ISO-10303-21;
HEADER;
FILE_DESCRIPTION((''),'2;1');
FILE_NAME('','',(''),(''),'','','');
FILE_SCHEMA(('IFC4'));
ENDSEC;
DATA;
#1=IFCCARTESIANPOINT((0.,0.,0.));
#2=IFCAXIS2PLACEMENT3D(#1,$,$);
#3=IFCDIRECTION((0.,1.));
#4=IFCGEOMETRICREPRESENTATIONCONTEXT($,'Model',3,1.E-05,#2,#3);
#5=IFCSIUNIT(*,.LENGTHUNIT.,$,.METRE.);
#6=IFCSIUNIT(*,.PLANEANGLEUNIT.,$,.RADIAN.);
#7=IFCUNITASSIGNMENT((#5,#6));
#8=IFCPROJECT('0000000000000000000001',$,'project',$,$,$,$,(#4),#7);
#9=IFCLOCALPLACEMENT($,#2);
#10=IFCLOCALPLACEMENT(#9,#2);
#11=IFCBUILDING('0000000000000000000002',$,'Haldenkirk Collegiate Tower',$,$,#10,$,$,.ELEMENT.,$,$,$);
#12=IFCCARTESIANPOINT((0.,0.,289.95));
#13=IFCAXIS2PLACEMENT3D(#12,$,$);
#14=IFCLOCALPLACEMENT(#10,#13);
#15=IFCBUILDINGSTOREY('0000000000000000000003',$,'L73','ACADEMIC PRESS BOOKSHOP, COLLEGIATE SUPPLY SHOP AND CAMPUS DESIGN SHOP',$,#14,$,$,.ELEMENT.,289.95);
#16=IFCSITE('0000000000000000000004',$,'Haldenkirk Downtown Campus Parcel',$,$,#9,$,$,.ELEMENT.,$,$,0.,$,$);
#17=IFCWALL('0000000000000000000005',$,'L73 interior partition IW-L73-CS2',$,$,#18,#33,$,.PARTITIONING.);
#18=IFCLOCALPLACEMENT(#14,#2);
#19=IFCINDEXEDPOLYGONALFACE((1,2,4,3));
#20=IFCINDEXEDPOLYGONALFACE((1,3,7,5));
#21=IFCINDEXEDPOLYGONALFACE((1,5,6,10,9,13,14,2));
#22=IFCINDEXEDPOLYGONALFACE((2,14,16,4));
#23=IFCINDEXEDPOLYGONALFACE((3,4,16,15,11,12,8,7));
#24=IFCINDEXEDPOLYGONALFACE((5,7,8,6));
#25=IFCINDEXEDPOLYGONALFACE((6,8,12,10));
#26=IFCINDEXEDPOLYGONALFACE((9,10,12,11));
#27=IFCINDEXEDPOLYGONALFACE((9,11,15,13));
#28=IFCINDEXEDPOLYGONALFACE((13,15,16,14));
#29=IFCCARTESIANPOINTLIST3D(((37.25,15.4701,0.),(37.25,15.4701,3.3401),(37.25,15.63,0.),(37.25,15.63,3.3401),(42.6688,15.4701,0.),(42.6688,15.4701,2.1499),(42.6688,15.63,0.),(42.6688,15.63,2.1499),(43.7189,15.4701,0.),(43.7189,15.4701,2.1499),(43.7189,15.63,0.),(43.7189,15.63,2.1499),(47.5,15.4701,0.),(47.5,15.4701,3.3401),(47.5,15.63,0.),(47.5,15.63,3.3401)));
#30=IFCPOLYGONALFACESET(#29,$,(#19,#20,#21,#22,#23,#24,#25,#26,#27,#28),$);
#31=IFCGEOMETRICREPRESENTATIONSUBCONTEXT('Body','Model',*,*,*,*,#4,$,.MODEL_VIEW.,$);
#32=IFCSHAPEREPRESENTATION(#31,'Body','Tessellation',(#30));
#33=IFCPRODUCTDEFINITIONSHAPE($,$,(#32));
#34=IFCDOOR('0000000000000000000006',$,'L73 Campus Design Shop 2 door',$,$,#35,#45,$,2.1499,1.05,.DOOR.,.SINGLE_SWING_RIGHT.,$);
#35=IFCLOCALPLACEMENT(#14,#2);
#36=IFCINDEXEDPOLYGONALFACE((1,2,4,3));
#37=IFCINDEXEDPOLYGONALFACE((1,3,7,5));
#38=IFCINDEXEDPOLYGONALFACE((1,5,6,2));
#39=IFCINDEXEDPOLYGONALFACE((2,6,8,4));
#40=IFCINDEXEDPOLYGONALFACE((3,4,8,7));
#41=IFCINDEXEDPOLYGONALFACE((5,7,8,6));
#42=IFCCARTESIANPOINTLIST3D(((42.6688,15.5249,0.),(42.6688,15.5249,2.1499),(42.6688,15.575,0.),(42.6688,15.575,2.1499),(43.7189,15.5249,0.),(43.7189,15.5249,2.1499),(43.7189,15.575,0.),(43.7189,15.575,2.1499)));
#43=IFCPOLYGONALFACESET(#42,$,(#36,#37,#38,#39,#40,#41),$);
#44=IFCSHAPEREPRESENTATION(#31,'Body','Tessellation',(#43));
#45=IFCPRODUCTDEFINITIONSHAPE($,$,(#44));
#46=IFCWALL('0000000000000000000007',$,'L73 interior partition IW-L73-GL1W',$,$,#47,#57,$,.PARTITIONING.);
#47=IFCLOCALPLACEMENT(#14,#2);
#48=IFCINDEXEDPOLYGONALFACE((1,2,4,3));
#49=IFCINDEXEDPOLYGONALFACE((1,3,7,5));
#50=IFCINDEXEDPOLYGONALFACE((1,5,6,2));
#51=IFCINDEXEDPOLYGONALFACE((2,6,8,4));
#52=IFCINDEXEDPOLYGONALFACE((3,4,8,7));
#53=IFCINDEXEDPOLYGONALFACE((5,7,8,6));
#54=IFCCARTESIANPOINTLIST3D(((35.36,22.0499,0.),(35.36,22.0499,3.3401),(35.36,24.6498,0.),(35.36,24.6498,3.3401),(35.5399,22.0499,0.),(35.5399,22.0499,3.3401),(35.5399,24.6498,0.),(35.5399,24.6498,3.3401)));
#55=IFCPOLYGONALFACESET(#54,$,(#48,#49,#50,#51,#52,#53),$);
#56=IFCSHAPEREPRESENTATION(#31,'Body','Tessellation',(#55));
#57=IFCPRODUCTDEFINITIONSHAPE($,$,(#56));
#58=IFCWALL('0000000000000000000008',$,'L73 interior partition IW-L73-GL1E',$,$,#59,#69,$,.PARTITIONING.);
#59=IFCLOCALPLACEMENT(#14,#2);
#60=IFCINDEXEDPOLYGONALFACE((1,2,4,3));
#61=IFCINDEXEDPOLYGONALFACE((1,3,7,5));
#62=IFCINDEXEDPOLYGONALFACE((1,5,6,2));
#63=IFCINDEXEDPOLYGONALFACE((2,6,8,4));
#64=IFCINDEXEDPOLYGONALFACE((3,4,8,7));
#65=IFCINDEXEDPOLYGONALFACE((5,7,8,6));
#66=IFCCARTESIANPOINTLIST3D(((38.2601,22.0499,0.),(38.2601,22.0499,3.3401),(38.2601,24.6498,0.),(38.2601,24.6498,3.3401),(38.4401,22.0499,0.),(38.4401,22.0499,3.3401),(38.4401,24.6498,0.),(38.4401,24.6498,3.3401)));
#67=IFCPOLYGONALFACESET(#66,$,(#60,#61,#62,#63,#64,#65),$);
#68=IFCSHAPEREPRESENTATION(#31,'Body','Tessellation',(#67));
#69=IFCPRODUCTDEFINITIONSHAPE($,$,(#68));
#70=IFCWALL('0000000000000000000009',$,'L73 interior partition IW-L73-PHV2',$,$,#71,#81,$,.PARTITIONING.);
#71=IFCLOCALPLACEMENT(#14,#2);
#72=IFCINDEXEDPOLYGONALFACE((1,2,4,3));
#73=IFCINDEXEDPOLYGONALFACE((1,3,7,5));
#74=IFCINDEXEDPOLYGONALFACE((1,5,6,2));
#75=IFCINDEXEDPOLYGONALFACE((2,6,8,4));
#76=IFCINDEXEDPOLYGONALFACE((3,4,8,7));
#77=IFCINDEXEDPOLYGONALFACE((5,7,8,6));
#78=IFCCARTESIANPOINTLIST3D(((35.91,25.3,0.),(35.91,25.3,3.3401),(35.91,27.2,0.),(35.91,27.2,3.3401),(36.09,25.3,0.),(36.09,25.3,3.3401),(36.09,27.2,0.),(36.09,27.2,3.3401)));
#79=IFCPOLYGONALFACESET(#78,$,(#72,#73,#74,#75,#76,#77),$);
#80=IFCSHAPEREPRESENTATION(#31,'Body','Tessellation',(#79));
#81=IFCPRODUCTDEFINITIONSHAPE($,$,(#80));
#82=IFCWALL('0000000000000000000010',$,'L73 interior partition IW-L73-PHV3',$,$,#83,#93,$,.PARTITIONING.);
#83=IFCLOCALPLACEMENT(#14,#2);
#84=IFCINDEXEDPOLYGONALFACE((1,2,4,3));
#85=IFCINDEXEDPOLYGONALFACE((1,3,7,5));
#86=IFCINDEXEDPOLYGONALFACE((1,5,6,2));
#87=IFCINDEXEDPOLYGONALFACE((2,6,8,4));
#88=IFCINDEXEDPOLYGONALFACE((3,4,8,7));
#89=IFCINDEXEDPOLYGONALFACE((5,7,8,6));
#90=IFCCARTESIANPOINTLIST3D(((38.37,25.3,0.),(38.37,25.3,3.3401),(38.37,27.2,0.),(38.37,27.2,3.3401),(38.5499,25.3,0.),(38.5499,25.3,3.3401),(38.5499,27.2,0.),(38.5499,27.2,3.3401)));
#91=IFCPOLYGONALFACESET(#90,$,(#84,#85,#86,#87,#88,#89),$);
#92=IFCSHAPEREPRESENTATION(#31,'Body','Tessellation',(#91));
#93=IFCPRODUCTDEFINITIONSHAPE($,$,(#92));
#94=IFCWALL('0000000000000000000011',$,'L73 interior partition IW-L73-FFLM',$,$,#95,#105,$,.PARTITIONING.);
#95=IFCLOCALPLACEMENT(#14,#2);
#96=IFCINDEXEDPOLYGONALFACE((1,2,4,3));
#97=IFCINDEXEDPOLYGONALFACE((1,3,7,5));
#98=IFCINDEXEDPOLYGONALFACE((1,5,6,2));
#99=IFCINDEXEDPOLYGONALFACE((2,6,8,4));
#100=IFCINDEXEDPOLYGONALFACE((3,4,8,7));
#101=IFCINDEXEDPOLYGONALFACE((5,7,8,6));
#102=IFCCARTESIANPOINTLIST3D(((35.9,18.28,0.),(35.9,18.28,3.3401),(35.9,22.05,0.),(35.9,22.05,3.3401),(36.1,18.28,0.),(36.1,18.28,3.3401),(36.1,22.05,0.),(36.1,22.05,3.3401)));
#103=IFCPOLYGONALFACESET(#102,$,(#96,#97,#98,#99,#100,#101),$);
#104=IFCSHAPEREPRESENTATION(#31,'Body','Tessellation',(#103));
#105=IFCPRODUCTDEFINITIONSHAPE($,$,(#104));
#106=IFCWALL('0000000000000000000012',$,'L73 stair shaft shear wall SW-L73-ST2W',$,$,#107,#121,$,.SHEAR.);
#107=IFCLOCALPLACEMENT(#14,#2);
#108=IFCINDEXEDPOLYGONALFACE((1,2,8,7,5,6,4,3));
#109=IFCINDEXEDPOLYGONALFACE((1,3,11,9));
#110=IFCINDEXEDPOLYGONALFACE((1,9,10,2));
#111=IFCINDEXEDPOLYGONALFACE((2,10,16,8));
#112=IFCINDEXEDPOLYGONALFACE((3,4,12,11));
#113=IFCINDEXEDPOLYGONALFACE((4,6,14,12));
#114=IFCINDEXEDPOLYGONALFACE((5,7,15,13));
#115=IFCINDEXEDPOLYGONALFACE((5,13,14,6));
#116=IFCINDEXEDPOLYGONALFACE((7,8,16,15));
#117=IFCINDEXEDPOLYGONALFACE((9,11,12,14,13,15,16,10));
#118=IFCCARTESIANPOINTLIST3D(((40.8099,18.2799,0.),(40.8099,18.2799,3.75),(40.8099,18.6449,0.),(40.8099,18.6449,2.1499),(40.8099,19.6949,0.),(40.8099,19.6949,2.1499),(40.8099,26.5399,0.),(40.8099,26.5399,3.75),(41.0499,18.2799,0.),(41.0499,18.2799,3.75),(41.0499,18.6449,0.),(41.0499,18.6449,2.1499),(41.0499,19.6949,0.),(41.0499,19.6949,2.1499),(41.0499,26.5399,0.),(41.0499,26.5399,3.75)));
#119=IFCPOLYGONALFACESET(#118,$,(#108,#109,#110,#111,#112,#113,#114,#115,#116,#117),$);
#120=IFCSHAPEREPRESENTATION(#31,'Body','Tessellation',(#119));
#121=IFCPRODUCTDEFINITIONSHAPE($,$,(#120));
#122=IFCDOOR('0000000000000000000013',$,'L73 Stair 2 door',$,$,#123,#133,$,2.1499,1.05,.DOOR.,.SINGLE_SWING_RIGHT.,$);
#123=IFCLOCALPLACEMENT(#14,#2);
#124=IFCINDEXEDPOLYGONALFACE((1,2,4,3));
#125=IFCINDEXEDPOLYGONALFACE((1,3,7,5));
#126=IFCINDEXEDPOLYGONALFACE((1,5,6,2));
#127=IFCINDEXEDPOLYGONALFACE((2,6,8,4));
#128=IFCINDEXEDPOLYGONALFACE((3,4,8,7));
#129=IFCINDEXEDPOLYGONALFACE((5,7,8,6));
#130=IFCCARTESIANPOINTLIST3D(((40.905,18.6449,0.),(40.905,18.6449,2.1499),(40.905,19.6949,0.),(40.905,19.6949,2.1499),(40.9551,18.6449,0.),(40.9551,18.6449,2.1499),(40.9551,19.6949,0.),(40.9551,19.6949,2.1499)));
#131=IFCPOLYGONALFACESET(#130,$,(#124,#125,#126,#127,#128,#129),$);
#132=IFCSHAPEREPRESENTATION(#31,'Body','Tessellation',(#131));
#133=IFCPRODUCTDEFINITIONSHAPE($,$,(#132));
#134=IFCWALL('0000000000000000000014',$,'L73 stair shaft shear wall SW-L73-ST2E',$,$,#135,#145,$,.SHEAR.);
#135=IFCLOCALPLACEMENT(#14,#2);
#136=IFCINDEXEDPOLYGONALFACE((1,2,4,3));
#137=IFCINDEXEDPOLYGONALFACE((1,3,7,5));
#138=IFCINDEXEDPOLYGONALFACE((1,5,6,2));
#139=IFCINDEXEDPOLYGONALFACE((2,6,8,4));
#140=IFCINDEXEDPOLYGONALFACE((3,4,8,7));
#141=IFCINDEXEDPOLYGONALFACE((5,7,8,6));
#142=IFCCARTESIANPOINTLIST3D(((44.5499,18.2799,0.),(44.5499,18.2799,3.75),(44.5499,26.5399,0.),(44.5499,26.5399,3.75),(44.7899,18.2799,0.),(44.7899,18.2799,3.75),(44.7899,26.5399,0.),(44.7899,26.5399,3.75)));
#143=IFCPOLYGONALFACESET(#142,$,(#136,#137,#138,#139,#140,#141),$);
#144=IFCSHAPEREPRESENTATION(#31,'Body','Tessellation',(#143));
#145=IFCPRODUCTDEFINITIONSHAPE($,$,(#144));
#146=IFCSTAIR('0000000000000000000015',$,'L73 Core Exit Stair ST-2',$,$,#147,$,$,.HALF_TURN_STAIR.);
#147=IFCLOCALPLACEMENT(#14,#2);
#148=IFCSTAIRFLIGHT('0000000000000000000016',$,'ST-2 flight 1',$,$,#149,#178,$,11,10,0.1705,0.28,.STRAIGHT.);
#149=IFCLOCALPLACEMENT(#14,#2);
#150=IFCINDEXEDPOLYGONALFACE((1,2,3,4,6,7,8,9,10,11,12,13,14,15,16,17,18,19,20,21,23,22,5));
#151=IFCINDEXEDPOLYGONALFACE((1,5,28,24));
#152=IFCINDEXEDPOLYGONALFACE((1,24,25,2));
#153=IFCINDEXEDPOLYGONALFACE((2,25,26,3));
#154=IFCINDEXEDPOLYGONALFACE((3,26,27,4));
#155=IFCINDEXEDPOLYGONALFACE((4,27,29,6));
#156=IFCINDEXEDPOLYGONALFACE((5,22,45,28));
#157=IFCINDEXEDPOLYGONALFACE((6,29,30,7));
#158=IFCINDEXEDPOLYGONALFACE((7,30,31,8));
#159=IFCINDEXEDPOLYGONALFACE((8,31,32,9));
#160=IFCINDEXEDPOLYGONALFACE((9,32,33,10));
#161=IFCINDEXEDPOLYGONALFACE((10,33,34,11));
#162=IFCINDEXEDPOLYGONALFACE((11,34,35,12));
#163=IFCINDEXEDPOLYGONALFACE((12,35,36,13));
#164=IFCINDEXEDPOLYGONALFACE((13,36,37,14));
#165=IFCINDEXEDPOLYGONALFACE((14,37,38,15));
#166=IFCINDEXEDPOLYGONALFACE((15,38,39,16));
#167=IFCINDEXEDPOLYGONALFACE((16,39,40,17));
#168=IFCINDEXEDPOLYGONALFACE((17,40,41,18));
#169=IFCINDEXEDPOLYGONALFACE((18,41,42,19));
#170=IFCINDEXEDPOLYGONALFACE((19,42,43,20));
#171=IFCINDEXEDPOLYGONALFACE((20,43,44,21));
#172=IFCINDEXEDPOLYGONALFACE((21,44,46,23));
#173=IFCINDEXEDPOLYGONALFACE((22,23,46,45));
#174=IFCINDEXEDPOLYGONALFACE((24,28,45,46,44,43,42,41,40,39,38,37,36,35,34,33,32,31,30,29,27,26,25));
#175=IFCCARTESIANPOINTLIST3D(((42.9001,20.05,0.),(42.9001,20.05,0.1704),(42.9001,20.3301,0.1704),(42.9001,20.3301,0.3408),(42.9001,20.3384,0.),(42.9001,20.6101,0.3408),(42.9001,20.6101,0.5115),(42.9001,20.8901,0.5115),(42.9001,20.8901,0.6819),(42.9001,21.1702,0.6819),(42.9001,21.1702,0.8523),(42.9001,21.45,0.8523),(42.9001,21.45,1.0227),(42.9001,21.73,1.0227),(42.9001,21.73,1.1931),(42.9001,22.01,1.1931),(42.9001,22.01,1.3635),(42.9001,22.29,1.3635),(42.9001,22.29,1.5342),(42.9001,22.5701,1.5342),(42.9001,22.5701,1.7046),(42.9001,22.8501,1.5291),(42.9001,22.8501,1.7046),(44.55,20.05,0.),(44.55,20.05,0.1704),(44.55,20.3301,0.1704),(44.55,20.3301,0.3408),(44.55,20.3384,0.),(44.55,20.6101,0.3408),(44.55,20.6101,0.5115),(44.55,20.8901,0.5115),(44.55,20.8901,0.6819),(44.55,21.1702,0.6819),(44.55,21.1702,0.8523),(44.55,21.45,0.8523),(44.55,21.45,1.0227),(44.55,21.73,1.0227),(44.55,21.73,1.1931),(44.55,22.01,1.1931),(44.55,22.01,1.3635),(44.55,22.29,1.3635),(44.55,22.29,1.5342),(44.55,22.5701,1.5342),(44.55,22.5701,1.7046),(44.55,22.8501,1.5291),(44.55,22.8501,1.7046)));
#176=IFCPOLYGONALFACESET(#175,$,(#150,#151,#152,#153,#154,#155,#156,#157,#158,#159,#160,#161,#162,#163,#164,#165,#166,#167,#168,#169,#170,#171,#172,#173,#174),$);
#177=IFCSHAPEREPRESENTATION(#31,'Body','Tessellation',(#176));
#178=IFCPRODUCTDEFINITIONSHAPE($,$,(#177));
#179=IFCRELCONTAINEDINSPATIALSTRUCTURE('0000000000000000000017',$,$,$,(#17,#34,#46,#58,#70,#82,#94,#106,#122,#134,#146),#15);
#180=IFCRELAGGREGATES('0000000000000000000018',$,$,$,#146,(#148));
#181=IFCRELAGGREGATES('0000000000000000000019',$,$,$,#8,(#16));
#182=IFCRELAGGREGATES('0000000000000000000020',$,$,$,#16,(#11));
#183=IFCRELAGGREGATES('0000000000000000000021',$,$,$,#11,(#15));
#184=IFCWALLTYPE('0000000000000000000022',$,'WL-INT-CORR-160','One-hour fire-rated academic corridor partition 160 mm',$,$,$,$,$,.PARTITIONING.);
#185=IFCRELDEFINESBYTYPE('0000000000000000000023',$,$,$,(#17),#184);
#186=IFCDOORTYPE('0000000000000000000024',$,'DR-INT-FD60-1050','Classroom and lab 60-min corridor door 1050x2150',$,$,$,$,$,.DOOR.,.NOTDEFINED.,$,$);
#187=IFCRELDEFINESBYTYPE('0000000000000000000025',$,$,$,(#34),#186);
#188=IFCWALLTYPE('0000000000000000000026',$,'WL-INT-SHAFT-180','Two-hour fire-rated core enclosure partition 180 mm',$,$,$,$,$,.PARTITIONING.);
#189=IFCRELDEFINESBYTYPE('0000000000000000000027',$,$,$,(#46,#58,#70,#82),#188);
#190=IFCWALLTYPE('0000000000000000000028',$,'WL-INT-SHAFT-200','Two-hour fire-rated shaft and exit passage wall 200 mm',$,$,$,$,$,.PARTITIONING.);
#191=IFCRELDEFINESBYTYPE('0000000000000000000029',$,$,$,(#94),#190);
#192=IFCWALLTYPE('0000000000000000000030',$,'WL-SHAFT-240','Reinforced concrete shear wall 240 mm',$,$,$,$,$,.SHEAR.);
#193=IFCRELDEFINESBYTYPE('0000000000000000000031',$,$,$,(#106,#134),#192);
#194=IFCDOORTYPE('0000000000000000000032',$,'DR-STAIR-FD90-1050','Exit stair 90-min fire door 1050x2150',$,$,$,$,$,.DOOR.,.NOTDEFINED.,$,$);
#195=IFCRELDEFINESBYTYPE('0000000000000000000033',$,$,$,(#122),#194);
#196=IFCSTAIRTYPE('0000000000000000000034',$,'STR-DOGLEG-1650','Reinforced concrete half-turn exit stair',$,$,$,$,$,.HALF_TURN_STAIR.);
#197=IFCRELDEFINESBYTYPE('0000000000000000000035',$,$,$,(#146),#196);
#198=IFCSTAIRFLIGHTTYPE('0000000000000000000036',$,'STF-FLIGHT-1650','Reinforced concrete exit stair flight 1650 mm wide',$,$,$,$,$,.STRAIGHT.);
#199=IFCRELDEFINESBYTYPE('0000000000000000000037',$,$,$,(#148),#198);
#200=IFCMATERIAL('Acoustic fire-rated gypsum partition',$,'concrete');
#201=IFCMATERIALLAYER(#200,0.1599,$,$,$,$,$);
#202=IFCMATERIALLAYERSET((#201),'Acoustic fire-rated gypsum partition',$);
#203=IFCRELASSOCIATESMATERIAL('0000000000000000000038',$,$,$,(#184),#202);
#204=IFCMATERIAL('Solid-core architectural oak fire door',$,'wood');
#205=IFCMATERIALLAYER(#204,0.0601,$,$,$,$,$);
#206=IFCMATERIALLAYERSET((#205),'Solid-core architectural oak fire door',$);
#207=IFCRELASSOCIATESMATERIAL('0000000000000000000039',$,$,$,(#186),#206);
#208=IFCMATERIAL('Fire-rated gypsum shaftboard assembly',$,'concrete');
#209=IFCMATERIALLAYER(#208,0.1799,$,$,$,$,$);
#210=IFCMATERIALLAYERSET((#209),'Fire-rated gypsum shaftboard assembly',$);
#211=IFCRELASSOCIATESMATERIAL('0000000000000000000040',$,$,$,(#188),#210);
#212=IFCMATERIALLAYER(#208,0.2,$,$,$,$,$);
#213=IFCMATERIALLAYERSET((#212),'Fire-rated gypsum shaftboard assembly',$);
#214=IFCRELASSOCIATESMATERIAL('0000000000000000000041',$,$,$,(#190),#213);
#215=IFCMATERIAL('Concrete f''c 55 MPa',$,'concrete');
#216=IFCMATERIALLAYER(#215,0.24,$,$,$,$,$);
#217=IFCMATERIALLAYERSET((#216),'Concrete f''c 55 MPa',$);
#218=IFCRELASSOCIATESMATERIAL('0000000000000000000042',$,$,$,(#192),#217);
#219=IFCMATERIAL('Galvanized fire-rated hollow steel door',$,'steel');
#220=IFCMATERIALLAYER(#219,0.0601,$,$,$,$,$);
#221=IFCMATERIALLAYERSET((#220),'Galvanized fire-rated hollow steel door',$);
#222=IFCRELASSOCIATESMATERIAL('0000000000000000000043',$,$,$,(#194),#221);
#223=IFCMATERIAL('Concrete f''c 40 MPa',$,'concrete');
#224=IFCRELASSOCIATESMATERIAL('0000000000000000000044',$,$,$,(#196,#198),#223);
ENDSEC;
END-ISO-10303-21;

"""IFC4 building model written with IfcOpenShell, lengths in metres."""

from ifc_helpers import new_model, si_unit, direction, frame, frame_2d, origin, place, context, subcontext, project, spatial, polyline, rectangle, outline, extrude, material, layer, layer_set, type_object, element, fill, aggregate, save


model = new_model("IFC4")

# Units and contexts
model_context = context("Model", 3, precision=1e-05, world=origin(), true_north=direction((0.0, 1.0)))
body_context = subcontext(model_context, "Body", "Model", "MODEL_VIEW")
ifc_project = project(units=[si_unit("LENGTHUNIT", "METRE"), si_unit("PLANEANGLEUNIT", "RADIAN")], contexts=[model_context])

# Site, building, storey
site_placement = place(None, origin())
site = spatial("IfcSite", under=ifc_project, at=site_placement, Name="Haldenkirk Downtown Campus Parcel", CompositionType="ELEMENT", RefElevation=0.0)
building_placement = place(site_placement, origin())
building = spatial("IfcBuilding", under=site, at=building_placement, Name="Haldenkirk Collegiate Tower", CompositionType="ELEMENT")
storey_placement = place(building_placement, frame((0.0, 0.0, 289.95)))
storey = spatial("IfcBuildingStorey", under=building, at=storey_placement, Name="L73", Description="ACADEMIC PRESS BOOKSHOP, COLLEGIATE SUPPLY SHOP AND CAMPUS DESIGN SHOP", CompositionType="ELEMENT", Elevation=289.95)

# Wall, opening, door
ifc_material_1 = material(Name="Acoustic fire-rated gypsum partition", Category="concrete")
ifc_layer_1 = layer(ifc_material_1, 0.1599)
ifc_layer_set_1 = layer_set([ifc_layer_1], Name="Acoustic fire-rated gypsum partition")
wall_type_1 = type_object("IfcWallType", Name="WL-INT-CORR-160", Description="One-hour fire-rated academic corridor partition 160 mm", PredefinedType="PARTITIONING", material=ifc_layer_set_1)
wall_1_placement = place(storey_placement, frame((37.25, 15.55, 0.0), z_axis=(0.0, 0.0, 1.0), x_axis=(1.0, 0.0, 0.0)))
wall_1 = element("IfcWall", 1, at=wall_1_placement, inside=storey, type_object=wall_type_1, Name="L73 interior partition IW-L73-CS2", PredefinedType="PARTITIONING", context=body_context, shape_type="SweptSolid", body=[
    extrude(rectangle(XDim=10.25, YDim=0.1599, at=frame_2d((5.125, 0.0))), origin(), (0.0, 0.0, 1.0), 3.3401),
])
opening_1_placement = place(wall_1_placement, frame((5.4189, 0.0, 0.0)))
opening_1 = element("IfcOpeningElement", 2, at=opening_1_placement, cuts=wall_1, PredefinedType="OPENING", context=body_context, shape_type="SweptSolid", body=[
    extrude(rectangle(XDim=1.05, YDim=2.1499, at=frame_2d((0.5249, 1.075))), frame((0.0, 0.0898, 0.0), z_axis=(0.0, -1.0, 0.0), x_axis=(1.0, 0.0, 0.0)), (0.0, 0.0, 1.0), 0.1799),
])
ifc_material_2 = material(Name="Solid-core architectural oak fire door", Category="wood")
ifc_layer_2 = layer(ifc_material_2, 0.0601)
ifc_layer_set_2 = layer_set([ifc_layer_2], Name="Solid-core architectural oak fire door")
door_type_1 = type_object("IfcDoorType", Name="DR-INT-FD60-1050", Description="Classroom and lab 60-min corridor door 1050x2150", OperationType="NOTDEFINED", PredefinedType="DOOR", material=ifc_layer_set_2)
door_1_placement = place(opening_1_placement, origin())
door_1 = element("IfcDoor", 3, at=door_1_placement, inside=storey, type_object=door_type_1, Name="L73 Campus Design Shop 2 door", OperationType="SINGLE_SWING_RIGHT", OverallHeight=2.1499, OverallWidth=1.05, PredefinedType="DOOR", context=body_context, shape_type="SweptSolid", body=[
    extrude(rectangle(XDim=1.05, YDim=2.1499, at=frame_2d((0.5249, 1.075))), frame((0.0, 0.0249, 0.0), z_axis=(0.0, -1.0, 0.0), x_axis=(1.0, 0.0, 0.0)), (0.0, 0.0, 1.0), 0.05),
])
fill(opening_1, door_1)

# Walls
ifc_material_3 = material(Name="Fire-rated gypsum shaftboard assembly", Category="concrete")
ifc_layer_3 = layer(ifc_material_3, 0.1799)
ifc_layer_set_3 = layer_set([ifc_layer_3], Name="Fire-rated gypsum shaftboard assembly")
wall_type_2 = type_object("IfcWallType", Name="WL-INT-SHAFT-180", Description="Two-hour fire-rated core enclosure partition 180 mm", PredefinedType="PARTITIONING", material=ifc_layer_set_3)
for number, where, z_axis, x_axis, name in (
    (4, (35.45, 22.05, 0.0), (0.0, 0.0, 1.0), (0.0, 1.0, 0.0), "L73 interior partition IW-L73-GL1W"),
    (5, (38.3501, 22.05, 0.0), (0.0, 0.0, 1.0), (0.0, 1.0, 0.0), "L73 interior partition IW-L73-GL1E"),
):
    element("IfcWall", number, at=place(storey_placement, frame(where, z_axis=z_axis, x_axis=x_axis)), inside=storey, type_object=wall_type_2, Name=name, PredefinedType="PARTITIONING", context=body_context, shape_type="SweptSolid", body=[
        extrude(rectangle(XDim=2.5999, YDim=0.1799, at=frame_2d((1.2998, 0.0))), origin(), (0.0, 0.0, 1.0), 3.3401),
    ])
for number, where, z_axis, x_axis, name in (
    (6, (36.0, 25.3, 0.0), (0.0, 0.0, 1.0), (0.0, 1.0, 0.0), "L73 interior partition IW-L73-PHV2"),
    (7, (38.46, 25.3, 0.0), (0.0, 0.0, 1.0), (0.0, 1.0, 0.0), "L73 interior partition IW-L73-PHV3"),
):
    element("IfcWall", number, at=place(storey_placement, frame(where, z_axis=z_axis, x_axis=x_axis)), inside=storey, type_object=wall_type_2, Name=name, PredefinedType="PARTITIONING", context=body_context, shape_type="SweptSolid", body=[
        extrude(rectangle(XDim=1.8999, YDim=0.1799, at=frame_2d((0.95, 0.0))), origin(), (0.0, 0.0, 1.0), 3.3401),
    ])
ifc_layer_4 = layer(ifc_material_3, 0.2)
ifc_layer_set_4 = layer_set([ifc_layer_4], Name="Fire-rated gypsum shaftboard assembly")
wall_type_3 = type_object("IfcWallType", Name="WL-INT-SHAFT-200", Description="Two-hour fire-rated shaft and exit passage wall 200 mm", PredefinedType="PARTITIONING", material=ifc_layer_set_4)
wall_2_placement = place(storey_placement, frame((36.0, 18.28, 0.0), z_axis=(0.0, 0.0, 1.0), x_axis=(0.0, 1.0, 0.0)))
element("IfcWall", 8, at=wall_2_placement, inside=storey, type_object=wall_type_3, Name="L73 interior partition IW-L73-FFLM", PredefinedType="PARTITIONING", context=body_context, shape_type="SweptSolid", body=[
    extrude(rectangle(XDim=3.77, YDim=0.2, at=frame_2d((1.885, 0.0))), origin(), (0.0, 0.0, 1.0), 3.3401),
])

# Wall, opening, door
ifc_material_4 = material(Name="Concrete f'c 55 MPa", Category="concrete")
ifc_layer_5 = layer(ifc_material_4, 0.24)
ifc_layer_set_5 = layer_set([ifc_layer_5], Name="Concrete f'c 55 MPa")
wall_type_4 = type_object("IfcWallType", Name="WL-SHAFT-240", Description="Reinforced concrete shear wall 240 mm", PredefinedType="SHEAR", material=ifc_layer_set_5)
wall_3_placement = place(storey_placement, frame((40.9299, 18.28, 0.0), z_axis=(0.0, 0.0, 1.0), x_axis=(0.0, 1.0, 0.0)))
wall_3 = element("IfcWall", 9, at=wall_3_placement, inside=storey, type_object=wall_type_4, Name="L73 stair shaft shear wall SW-L73-ST2W", PredefinedType="SHEAR", context=body_context, shape_type="SweptSolid", body=[
    extrude(rectangle(XDim=8.26, YDim=0.24, at=frame_2d((4.1299, 0.0))), origin(), (0.0, 0.0, 1.0), 3.75),
])
opening_2_placement = place(wall_3_placement, frame((0.365, 0.0, 0.0)))
opening_2 = element("IfcOpeningElement", 10, at=opening_2_placement, cuts=wall_3, PredefinedType="OPENING", context=body_context, shape_type="SweptSolid", body=[
    extrude(rectangle(XDim=1.05, YDim=2.1499, at=frame_2d((0.5249, 1.075))), frame((0.0, 0.1299, 0.0), z_axis=(0.0, -1.0, 0.0), x_axis=(1.0, 0.0, 0.0)), (0.0, 0.0, 1.0), 0.26),
])
ifc_material_5 = material(Name="Galvanized fire-rated hollow steel door", Category="steel")
ifc_layer_6 = layer(ifc_material_5, 0.0601)
ifc_layer_set_6 = layer_set([ifc_layer_6], Name="Galvanized fire-rated hollow steel door")
door_type_2 = type_object("IfcDoorType", Name="DR-STAIR-FD90-1050", Description="Exit stair 90-min fire door 1050x2150", OperationType="NOTDEFINED", PredefinedType="DOOR", material=ifc_layer_set_6)
door_2_placement = place(opening_2_placement, origin())
door_2 = element("IfcDoor", 11, at=door_2_placement, inside=storey, type_object=door_type_2, Name="L73 Stair 2 door", OperationType="SINGLE_SWING_RIGHT", OverallHeight=2.1499, OverallWidth=1.05, PredefinedType="DOOR", context=body_context, shape_type="SweptSolid", body=[
    extrude(rectangle(XDim=1.05, YDim=2.1499, at=frame_2d((0.5249, 1.075))), frame((0.0, 0.0249, 0.0), z_axis=(0.0, -1.0, 0.0), x_axis=(1.0, 0.0, 0.0)), (0.0, 0.0, 1.0), 0.05),
])
fill(opening_2, door_2)

# Wall
wall_4_placement = place(storey_placement, frame((44.6699, 18.28, 0.0), z_axis=(0.0, 0.0, 1.0), x_axis=(0.0, 1.0, 0.0)))
element("IfcWall", 12, at=wall_4_placement, inside=storey, type_object=wall_type_4, Name="L73 stair shaft shear wall SW-L73-ST2E", PredefinedType="SHEAR", context=body_context, shape_type="SweptSolid", body=[
    extrude(rectangle(XDim=8.26, YDim=0.24, at=frame_2d((4.1299, 0.0))), origin(), (0.0, 0.0, 1.0), 3.75),
])

# Stair, stair flight
ifc_material_6 = material(Name="Concrete f'c 40 MPa", Category="concrete")
stair_type = type_object("IfcStairType", Name="STR-DOGLEG-1650", Description="Reinforced concrete half-turn exit stair", PredefinedType="HALF_TURN_STAIR", material=ifc_material_6)
stair_placement = place(storey_placement, origin())
stair = element("IfcStair", 13, at=stair_placement, inside=storey, type_object=stair_type, Name="L73 Core Exit Stair ST-2", PredefinedType="HALF_TURN_STAIR")
stair_flight_type = type_object("IfcStairFlightType", Name="STF-FLIGHT-1650", Description="Reinforced concrete exit stair flight 1650 mm wide", PredefinedType="STRAIGHT", material=ifc_material_6)
stair_flight_1_placement = place(storey_placement, frame((43.7251, 20.05, 0.0), z_axis=(0.0, 0.0, 1.0), x_axis=(0.0, 1.0, 0.0)))
stair_flight_1 = element("IfcStairFlight", 14, at=stair_flight_1_placement, type_object=stair_flight_type, Name="ST-2 flight 1", NumberOfRisers=11, NumberOfTreads=10, PredefinedType="STRAIGHT", RiserHeight=0.1705, TreadLength=0.28, context=body_context, shape_type="SweptSolid", body=[
    extrude(outline(polyline([(0.0, 0.0), (0.0, 0.1704), (0.28, 0.1704), (0.28, 0.3408), (0.5601, 0.3408), (0.5601, 0.5115), (0.8401, 0.5115), (0.8401, 0.6819), (1.1201, 0.6819), (1.1201, 0.8523), (1.3999, 0.8523), (1.3999, 1.0227), (1.6799, 1.0227), (1.6799, 1.1931), (1.96, 1.1931), (1.96, 1.3635), (2.24, 1.3635), (2.24, 1.5342), (2.52, 1.5342), (2.52, 1.7046), (2.8, 1.7046), (2.8, 1.875), (2.8, 1.5291), (0.2883, 0.0), (0.0, 0.0)])), frame((0.0, 0.825, 0.0), z_axis=(0.0, -1.0, 0.0), x_axis=(1.0, 0.0, 0.0)), (0.0, 0.0, 1.0), 1.6499),
])
aggregate(stair, [stair_flight_1])

save(model, "model.ifc")
